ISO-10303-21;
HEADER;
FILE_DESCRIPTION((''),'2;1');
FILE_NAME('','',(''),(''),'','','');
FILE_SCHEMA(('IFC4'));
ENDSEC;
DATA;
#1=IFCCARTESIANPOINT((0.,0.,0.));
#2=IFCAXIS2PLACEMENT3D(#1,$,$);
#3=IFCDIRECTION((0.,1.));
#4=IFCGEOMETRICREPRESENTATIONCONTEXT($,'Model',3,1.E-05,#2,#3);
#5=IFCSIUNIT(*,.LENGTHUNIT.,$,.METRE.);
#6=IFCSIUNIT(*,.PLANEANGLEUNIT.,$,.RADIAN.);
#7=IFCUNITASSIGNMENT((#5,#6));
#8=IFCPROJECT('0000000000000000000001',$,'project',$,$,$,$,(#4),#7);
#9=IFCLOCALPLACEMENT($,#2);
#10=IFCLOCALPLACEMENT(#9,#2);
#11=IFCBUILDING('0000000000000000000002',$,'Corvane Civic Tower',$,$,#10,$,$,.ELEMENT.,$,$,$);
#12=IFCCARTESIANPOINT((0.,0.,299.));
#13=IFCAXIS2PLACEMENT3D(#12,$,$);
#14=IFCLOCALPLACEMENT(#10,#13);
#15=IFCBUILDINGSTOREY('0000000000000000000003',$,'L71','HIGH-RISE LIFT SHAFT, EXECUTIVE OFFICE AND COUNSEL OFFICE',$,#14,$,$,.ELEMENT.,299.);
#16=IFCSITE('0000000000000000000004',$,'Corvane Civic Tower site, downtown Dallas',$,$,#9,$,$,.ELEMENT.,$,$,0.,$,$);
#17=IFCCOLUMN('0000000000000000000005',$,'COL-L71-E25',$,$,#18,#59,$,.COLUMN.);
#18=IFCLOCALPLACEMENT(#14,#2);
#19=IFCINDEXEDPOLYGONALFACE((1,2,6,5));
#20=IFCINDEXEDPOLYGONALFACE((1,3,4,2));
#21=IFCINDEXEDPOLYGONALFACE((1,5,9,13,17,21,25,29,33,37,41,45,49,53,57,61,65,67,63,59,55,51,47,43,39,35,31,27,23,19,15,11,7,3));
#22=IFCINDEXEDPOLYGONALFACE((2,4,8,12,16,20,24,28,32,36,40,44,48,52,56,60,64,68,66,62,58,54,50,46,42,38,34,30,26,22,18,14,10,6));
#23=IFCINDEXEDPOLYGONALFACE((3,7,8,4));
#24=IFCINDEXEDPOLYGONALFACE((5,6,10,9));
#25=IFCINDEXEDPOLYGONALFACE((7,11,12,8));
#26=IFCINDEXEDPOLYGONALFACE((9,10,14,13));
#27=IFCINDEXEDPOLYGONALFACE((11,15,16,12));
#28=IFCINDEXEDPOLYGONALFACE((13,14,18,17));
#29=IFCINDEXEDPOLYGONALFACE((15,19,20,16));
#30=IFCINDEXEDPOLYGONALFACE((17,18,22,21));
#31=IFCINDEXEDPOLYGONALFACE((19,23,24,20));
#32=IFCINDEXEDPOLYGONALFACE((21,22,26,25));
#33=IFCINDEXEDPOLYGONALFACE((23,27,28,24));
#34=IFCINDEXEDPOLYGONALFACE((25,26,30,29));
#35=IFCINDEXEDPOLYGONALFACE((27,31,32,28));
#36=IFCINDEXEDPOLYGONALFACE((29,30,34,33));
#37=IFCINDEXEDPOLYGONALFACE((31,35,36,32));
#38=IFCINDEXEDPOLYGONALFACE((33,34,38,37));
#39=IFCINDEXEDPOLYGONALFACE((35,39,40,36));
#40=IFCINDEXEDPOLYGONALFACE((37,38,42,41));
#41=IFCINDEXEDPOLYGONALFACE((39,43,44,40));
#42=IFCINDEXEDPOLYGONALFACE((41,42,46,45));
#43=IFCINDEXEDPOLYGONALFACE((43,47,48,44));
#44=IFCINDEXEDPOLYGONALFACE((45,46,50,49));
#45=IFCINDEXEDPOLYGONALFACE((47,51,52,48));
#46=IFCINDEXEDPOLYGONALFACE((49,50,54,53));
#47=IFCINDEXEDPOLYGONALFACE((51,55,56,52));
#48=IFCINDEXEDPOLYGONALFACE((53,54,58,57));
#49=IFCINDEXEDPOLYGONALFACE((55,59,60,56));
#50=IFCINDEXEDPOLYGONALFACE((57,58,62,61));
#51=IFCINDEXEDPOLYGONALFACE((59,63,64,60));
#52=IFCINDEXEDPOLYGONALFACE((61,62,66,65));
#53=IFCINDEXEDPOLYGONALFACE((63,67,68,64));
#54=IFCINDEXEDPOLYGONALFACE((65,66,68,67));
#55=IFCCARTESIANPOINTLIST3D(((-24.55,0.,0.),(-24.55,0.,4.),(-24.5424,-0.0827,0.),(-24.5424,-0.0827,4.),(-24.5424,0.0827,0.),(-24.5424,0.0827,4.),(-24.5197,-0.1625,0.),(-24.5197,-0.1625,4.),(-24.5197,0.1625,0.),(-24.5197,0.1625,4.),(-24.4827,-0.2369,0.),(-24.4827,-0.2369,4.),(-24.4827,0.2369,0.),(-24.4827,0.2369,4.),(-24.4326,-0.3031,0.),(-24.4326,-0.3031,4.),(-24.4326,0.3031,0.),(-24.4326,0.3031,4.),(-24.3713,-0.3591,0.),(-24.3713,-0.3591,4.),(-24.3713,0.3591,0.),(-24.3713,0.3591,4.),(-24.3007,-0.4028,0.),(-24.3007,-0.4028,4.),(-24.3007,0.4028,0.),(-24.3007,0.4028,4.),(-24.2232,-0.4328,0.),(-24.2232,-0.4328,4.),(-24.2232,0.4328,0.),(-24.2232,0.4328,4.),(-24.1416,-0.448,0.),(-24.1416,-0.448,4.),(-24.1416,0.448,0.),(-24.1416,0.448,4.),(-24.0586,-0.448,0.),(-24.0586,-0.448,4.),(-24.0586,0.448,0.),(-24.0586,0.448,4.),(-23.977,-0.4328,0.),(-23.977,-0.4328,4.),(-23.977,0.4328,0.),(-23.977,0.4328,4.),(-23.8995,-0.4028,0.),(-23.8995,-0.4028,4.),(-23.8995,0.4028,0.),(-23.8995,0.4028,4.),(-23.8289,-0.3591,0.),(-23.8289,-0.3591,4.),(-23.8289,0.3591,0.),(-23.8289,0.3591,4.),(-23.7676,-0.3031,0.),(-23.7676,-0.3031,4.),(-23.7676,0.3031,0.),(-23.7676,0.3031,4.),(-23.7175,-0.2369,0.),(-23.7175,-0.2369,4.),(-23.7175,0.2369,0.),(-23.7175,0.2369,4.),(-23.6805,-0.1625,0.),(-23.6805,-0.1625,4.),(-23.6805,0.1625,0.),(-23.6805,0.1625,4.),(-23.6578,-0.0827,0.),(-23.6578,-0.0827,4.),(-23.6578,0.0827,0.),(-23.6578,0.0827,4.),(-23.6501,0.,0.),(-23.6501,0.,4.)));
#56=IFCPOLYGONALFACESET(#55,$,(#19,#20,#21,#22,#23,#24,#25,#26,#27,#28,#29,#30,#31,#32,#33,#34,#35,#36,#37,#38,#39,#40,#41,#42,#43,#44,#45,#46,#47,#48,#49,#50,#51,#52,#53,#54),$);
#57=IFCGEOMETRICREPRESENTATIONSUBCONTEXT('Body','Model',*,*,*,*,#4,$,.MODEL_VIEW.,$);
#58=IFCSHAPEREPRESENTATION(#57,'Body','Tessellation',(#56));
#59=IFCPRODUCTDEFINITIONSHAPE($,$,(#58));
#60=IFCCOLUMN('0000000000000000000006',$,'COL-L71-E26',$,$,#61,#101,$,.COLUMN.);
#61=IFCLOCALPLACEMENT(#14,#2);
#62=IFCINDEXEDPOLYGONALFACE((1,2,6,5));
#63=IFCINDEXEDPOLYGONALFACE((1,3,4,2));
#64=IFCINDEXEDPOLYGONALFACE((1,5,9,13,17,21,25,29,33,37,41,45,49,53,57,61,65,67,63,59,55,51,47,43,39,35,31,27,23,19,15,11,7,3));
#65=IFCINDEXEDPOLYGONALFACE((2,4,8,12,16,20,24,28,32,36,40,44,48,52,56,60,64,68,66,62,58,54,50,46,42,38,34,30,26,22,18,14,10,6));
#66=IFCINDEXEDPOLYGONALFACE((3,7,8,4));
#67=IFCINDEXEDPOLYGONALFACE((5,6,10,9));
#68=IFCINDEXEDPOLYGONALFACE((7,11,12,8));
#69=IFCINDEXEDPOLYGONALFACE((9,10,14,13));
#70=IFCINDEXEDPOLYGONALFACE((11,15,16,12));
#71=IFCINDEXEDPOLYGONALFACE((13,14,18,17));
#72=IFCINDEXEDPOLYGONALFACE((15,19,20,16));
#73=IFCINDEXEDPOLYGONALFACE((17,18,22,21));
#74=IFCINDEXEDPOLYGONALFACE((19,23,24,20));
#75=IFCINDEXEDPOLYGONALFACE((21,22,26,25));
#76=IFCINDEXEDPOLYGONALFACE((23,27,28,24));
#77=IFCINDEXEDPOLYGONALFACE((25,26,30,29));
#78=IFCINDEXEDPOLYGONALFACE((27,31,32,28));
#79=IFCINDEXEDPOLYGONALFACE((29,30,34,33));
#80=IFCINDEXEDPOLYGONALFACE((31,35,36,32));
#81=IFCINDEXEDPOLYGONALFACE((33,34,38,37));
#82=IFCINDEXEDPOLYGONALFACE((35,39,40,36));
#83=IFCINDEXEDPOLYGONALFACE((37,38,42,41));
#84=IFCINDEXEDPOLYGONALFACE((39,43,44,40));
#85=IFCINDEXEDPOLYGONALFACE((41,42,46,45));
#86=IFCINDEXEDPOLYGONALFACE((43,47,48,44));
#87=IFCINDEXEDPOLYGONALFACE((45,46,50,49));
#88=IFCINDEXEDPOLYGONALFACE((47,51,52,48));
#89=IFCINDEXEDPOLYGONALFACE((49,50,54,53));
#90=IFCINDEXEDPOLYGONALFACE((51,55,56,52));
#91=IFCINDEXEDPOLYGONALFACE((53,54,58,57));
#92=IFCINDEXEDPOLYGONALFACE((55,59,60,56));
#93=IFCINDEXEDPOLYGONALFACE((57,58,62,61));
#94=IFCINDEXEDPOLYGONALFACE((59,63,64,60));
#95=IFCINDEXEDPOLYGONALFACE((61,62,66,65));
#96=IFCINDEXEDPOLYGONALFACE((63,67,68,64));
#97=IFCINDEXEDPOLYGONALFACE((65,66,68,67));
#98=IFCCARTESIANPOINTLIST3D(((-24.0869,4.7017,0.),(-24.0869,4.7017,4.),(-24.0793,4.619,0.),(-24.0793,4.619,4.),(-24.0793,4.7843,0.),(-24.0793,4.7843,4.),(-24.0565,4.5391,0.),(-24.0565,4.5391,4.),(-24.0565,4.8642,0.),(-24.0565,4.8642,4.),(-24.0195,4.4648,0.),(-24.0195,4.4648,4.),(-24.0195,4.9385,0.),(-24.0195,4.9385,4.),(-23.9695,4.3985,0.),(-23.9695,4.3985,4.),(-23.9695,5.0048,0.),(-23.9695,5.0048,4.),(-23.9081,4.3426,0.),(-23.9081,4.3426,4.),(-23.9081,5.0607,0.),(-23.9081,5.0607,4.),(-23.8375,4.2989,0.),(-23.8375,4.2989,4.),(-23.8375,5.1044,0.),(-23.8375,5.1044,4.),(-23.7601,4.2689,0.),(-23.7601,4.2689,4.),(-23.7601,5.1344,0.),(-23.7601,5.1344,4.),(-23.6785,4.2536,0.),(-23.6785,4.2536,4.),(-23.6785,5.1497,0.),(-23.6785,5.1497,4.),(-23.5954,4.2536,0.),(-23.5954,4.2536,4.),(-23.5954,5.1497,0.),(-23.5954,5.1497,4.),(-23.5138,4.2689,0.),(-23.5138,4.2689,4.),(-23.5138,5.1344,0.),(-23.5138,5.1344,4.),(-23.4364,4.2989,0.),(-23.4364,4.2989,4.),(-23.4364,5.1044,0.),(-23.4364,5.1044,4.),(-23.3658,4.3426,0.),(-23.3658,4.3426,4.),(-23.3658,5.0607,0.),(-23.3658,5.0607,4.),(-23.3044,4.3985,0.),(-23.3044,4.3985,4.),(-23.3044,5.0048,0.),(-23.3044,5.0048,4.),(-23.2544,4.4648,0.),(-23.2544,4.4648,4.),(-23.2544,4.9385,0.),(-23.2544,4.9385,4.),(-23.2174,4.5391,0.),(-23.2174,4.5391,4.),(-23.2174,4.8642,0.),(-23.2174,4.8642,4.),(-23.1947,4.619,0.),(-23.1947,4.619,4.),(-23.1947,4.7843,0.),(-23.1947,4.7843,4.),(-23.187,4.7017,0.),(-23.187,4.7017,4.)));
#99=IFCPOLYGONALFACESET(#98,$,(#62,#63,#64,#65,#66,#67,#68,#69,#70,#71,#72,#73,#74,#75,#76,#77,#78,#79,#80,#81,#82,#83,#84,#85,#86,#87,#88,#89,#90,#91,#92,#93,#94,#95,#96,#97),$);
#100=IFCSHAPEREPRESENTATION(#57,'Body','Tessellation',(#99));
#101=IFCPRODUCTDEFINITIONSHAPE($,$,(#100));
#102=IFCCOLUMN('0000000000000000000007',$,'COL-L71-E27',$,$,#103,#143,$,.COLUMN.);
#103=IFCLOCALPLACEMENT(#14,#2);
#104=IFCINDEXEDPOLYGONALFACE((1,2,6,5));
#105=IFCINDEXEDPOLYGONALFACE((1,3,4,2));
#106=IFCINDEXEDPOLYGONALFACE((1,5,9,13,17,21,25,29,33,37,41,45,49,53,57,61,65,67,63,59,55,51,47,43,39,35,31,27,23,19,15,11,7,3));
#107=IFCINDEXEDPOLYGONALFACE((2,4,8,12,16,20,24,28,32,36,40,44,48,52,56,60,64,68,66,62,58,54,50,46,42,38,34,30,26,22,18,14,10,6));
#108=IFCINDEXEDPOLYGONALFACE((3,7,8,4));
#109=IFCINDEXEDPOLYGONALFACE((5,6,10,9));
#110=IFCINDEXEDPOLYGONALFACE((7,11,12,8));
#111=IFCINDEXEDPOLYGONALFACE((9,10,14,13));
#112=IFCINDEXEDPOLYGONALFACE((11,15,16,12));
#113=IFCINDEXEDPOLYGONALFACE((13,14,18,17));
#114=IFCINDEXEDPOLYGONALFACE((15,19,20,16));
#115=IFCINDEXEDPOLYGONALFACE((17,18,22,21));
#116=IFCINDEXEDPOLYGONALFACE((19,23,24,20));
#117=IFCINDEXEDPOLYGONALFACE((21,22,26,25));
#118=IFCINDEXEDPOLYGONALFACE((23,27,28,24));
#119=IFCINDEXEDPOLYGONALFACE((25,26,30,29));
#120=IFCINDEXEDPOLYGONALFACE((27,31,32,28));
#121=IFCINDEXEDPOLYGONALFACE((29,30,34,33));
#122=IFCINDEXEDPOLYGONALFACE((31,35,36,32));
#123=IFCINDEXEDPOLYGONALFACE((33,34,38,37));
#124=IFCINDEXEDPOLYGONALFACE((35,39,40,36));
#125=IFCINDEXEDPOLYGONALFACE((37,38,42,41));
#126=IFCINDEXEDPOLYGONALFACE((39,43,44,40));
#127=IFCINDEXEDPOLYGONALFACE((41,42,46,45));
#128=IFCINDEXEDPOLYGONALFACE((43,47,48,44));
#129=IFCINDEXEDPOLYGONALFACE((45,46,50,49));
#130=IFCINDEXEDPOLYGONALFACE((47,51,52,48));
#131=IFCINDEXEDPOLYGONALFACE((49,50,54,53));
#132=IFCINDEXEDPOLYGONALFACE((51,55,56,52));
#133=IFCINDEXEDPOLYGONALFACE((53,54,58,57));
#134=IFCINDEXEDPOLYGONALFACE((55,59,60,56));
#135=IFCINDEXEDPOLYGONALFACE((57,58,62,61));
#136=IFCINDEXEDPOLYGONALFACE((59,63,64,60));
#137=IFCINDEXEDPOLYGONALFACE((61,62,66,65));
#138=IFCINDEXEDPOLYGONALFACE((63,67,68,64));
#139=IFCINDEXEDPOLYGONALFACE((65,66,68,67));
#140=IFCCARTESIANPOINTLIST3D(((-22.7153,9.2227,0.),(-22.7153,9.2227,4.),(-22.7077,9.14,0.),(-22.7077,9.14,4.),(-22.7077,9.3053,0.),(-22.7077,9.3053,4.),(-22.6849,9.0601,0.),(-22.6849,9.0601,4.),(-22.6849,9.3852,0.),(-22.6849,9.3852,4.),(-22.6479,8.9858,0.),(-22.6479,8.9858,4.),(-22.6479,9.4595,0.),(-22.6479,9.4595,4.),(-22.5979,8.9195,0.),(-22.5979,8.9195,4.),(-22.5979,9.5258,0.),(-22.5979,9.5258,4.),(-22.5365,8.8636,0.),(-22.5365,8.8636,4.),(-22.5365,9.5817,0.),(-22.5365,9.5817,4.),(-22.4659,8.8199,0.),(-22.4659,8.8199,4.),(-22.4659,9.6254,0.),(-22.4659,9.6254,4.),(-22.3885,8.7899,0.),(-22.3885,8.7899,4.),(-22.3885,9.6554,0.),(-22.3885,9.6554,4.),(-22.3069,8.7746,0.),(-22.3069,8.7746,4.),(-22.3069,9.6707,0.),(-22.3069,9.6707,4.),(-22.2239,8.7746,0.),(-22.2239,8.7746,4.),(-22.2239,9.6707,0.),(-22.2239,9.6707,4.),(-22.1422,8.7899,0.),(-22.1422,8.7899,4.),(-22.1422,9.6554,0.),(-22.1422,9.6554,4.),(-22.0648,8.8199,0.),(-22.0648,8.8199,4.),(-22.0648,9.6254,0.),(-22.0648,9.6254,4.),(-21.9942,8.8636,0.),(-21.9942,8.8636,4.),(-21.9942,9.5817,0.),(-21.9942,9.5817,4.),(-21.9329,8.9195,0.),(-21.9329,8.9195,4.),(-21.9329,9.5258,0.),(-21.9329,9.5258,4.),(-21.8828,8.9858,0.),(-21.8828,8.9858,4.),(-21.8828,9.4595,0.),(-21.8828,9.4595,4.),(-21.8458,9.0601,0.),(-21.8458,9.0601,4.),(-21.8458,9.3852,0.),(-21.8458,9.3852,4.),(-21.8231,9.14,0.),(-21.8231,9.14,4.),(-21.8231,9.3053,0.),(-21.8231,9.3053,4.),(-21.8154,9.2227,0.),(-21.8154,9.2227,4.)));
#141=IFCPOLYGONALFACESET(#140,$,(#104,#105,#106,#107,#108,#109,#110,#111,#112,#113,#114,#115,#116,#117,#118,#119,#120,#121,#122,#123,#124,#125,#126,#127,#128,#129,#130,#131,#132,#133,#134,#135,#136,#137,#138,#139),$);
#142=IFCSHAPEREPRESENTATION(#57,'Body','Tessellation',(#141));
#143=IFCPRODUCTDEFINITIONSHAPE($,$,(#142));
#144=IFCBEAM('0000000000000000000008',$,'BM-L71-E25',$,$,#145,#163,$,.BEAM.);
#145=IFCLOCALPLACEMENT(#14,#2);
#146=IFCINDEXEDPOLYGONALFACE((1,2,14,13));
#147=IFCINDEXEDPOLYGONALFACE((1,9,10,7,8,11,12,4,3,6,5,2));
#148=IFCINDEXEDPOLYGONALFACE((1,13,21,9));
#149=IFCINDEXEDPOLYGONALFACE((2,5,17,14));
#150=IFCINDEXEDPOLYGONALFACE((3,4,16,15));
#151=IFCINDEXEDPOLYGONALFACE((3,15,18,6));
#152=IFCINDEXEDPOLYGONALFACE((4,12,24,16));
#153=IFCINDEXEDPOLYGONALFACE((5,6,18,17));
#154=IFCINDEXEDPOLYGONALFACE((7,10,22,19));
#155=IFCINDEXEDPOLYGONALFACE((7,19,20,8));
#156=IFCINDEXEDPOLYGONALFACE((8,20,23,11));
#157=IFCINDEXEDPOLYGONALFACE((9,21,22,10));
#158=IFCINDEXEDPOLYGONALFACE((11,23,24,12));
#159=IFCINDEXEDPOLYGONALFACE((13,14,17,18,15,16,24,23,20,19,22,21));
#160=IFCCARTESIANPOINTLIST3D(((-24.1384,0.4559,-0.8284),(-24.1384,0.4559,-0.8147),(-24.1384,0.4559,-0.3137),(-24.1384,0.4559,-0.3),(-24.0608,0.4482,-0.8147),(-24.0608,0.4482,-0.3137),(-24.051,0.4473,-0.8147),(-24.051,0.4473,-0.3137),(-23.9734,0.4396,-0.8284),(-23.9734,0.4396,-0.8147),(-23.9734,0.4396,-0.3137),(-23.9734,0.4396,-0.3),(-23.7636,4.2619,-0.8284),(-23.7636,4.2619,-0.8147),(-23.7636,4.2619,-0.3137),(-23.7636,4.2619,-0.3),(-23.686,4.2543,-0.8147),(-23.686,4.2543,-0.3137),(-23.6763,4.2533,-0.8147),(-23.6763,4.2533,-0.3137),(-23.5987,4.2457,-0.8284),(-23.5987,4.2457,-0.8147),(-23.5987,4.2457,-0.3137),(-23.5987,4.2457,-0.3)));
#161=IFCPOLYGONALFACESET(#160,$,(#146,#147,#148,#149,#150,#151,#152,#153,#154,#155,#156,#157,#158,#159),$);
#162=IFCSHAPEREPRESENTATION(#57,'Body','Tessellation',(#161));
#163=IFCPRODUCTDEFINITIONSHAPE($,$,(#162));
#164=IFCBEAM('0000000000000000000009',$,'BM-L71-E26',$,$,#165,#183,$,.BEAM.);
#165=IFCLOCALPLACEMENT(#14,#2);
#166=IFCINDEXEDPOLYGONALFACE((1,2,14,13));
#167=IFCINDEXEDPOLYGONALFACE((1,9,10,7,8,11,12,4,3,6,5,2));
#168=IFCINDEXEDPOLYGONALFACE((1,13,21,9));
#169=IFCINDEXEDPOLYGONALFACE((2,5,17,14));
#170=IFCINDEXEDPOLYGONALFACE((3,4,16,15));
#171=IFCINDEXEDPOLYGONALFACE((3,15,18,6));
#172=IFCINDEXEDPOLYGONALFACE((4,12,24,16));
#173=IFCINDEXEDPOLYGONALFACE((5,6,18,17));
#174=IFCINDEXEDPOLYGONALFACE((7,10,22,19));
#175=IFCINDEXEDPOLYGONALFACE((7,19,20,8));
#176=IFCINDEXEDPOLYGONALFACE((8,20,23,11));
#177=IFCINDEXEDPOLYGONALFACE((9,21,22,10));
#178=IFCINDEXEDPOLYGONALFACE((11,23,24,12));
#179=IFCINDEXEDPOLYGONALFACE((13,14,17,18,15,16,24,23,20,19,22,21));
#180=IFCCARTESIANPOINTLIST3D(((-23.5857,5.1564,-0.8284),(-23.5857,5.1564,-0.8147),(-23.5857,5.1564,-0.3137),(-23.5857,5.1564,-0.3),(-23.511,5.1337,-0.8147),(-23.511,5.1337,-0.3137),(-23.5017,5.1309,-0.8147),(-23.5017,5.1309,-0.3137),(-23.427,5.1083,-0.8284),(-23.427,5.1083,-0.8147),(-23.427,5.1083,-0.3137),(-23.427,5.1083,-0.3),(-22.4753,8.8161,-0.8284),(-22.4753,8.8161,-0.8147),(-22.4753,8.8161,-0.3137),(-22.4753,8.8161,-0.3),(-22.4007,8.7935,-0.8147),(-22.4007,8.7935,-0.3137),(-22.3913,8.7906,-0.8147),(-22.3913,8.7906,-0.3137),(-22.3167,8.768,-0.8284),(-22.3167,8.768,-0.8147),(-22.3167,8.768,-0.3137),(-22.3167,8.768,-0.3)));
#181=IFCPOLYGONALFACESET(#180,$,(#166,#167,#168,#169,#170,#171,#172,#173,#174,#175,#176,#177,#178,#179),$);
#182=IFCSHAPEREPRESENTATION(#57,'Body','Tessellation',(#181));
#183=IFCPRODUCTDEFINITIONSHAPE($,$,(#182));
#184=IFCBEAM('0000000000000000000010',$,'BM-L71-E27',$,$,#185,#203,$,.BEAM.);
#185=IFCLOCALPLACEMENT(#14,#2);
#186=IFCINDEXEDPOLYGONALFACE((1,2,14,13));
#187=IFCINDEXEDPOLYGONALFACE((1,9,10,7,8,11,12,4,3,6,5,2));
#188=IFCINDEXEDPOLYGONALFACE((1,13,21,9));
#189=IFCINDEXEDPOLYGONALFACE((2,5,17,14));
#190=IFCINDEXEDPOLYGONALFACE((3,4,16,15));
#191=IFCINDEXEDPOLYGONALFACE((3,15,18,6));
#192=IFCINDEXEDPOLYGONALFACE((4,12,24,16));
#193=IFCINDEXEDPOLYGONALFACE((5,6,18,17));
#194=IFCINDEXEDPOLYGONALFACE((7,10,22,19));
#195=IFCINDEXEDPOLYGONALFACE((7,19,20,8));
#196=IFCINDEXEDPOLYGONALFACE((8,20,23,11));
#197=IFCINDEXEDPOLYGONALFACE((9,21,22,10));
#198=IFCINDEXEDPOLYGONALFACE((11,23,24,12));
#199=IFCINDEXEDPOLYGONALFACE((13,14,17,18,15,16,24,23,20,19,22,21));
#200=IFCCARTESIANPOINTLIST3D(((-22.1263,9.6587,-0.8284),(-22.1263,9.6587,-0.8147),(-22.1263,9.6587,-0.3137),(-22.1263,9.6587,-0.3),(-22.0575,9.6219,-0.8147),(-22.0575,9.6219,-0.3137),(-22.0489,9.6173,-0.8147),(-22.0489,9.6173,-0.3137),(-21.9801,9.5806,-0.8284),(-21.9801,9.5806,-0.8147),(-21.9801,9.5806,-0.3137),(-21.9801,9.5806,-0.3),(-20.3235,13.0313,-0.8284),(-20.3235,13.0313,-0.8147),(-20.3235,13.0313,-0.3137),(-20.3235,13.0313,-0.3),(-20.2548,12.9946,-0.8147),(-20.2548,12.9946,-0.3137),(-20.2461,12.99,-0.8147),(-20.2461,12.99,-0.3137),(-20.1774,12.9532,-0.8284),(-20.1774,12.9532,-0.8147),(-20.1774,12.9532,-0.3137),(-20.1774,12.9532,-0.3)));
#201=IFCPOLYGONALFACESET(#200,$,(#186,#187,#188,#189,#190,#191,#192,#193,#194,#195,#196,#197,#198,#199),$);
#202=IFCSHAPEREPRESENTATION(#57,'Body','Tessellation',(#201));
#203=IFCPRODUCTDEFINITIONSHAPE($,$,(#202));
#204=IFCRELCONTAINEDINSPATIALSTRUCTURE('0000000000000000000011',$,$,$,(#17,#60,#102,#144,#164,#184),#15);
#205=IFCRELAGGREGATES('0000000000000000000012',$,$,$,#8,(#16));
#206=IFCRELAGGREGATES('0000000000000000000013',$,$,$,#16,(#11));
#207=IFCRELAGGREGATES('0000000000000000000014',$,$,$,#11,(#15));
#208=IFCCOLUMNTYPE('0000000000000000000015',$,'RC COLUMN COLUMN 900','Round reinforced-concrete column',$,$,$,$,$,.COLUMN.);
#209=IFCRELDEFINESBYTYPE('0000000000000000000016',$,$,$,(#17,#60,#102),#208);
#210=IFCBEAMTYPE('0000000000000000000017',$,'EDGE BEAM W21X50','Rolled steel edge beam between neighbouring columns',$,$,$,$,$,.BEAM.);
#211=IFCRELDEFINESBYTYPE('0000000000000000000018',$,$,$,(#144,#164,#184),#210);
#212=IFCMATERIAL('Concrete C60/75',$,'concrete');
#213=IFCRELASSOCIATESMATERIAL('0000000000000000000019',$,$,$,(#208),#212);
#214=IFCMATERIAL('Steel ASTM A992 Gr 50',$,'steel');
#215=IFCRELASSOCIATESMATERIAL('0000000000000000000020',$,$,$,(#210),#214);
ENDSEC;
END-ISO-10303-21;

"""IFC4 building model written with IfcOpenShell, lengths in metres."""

from ifc_helpers import new_model, si_unit, direction, frame, origin, origin_2d, place, context, subcontext, project, spatial, circle, i_section, extrude, material, material_profile, profile_set, type_object, element, save


model = new_model("IFC4")

# Units and contexts
model_context = context("Model", 3, precision=1e-05, world=origin(), true_north=direction((0.0, 1.0)))
body_context = subcontext(model_context, "Body", "Model", "MODEL_VIEW")
ifc_project = project(units=[si_unit("LENGTHUNIT", "METRE"), si_unit("PLANEANGLEUNIT", "RADIAN")], contexts=[model_context])

# Site, building, storey
site_placement = place(None, origin())
site = spatial("IfcSite", under=ifc_project, at=site_placement, Name="Corvane Civic Tower site, downtown Dallas", CompositionType="ELEMENT", RefElevation=0.0)
building_placement = place(site_placement, origin())
building = spatial("IfcBuilding", under=site, at=building_placement, Name="Corvane Civic Tower", CompositionType="ELEMENT")
storey_placement = place(building_placement, frame((0.0, 0.0, 299.0)))
storey = spatial("IfcBuildingStorey", under=building, at=storey_placement, Name="L71", Description="HIGH-RISE LIFT SHAFT, EXECUTIVE OFFICE AND COUNSEL OFFICE", CompositionType="ELEMENT", Elevation=299.0)

# Columns
ifc_material_1 = material(Name="Concrete C60/75", Category="concrete")
ifc_material_profile_1 = material_profile(ifc_material_1, circle(Radius=0.45, at=origin_2d()), Name="COLUMN 900")
ifc_profile_set_1 = profile_set([ifc_material_profile_1], Name="Concrete C60/75")
column_type = type_object("IfcColumnType", Name="RC COLUMN COLUMN 900", Description="Round reinforced-concrete column", PredefinedType="COLUMN", material=ifc_profile_set_1)
for number, where, z_axis, x_axis, name in (
    (1, (-24.1001, 0.0, 0.0), (0.0, 0.0, 1.0), (1.0, 0.0, 0.0), "COL-L71-E25"),
    (2, (-23.637, 4.7017, 0.0), (0.0, 0.0, 1.0), (1.0, 0.0, 0.0), "COL-L71-E26"),
    (3, (-22.2654, 9.2227, 0.0), (0.0, 0.0, 1.0), (1.0, 0.0, 0.0), "COL-L71-E27"),
):
    element("IfcColumn", number, at=place(storey_placement, frame(where, z_axis=z_axis, x_axis=x_axis)), inside=storey, type_object=column_type, Name=name, PredefinedType="COLUMN", context=body_context, shape_type="SweptSolid", body=[
        extrude(circle(Radius=0.45, at=origin_2d()), origin(), (0.0, 0.0, 1.0), 4.0),
    ])

# Beams
ifc_material_2 = material(Name="Steel ASTM A992 Gr 50", Category="steel")
ifc_material_profile_2 = material_profile(ifc_material_2, i_section(OverallWidth=0.1658, OverallDepth=0.5283, WebThickness=0.0098, FlangeThickness=0.0137, at=origin_2d()), Name="W21X50")
ifc_profile_set_2 = profile_set([ifc_material_profile_2], Name="Steel ASTM A992 Gr 50")
beam_type_1 = type_object("IfcBeamType", Name="EDGE BEAM W21X50", Description="Rolled steel edge beam between neighbouring columns", PredefinedType="BEAM", material=ifc_profile_set_2)
for number, where, z_axis, x_axis, name in (
    (4, (-24.0559, 0.4478, -0.5642), (0.097987, 0.995188, 0.0), (-0.995188, 0.097987, 0.0), "BM-L71-E25"),
    (5, (-23.5063, 5.1323, -0.5642), (0.290333, 0.956926, 0.0), (-0.956926, 0.290333, 0.0), "BM-L71-E26"),
):
    element("IfcBeam", number, at=place(storey_placement, frame(where, z_axis=z_axis, x_axis=x_axis)), inside=storey, type_object=beam_type_1, Name=name, PredefinedType="BEAM", context=body_context, shape_type="SweptSolid", body=[
        extrude(i_section(OverallWidth=0.1658, OverallDepth=0.5283, WebThickness=0.0098, FlangeThickness=0.0137, at=origin_2d()), origin(), (0.0, 0.0, 1.0), 3.8245),
    ])
beam_1_placement = place(storey_placement, frame((-22.0532, 9.6196, -0.5642), z_axis=(0.47141, 0.881914, 0.0), x_axis=(-0.881914, 0.47141, 0.0)))
element("IfcBeam", 6, at=beam_1_placement, inside=storey, type_object=beam_type_1, Name="BM-L71-E27", PredefinedType="BEAM", context=body_context, shape_type="SweptSolid", body=[
    extrude(i_section(OverallWidth=0.1658, OverallDepth=0.5283, WebThickness=0.0098, FlangeThickness=0.0137, at=origin_2d()), origin(), (0.0, 0.0, 1.0), 3.8242),
])

save(model, "model.ifc")
